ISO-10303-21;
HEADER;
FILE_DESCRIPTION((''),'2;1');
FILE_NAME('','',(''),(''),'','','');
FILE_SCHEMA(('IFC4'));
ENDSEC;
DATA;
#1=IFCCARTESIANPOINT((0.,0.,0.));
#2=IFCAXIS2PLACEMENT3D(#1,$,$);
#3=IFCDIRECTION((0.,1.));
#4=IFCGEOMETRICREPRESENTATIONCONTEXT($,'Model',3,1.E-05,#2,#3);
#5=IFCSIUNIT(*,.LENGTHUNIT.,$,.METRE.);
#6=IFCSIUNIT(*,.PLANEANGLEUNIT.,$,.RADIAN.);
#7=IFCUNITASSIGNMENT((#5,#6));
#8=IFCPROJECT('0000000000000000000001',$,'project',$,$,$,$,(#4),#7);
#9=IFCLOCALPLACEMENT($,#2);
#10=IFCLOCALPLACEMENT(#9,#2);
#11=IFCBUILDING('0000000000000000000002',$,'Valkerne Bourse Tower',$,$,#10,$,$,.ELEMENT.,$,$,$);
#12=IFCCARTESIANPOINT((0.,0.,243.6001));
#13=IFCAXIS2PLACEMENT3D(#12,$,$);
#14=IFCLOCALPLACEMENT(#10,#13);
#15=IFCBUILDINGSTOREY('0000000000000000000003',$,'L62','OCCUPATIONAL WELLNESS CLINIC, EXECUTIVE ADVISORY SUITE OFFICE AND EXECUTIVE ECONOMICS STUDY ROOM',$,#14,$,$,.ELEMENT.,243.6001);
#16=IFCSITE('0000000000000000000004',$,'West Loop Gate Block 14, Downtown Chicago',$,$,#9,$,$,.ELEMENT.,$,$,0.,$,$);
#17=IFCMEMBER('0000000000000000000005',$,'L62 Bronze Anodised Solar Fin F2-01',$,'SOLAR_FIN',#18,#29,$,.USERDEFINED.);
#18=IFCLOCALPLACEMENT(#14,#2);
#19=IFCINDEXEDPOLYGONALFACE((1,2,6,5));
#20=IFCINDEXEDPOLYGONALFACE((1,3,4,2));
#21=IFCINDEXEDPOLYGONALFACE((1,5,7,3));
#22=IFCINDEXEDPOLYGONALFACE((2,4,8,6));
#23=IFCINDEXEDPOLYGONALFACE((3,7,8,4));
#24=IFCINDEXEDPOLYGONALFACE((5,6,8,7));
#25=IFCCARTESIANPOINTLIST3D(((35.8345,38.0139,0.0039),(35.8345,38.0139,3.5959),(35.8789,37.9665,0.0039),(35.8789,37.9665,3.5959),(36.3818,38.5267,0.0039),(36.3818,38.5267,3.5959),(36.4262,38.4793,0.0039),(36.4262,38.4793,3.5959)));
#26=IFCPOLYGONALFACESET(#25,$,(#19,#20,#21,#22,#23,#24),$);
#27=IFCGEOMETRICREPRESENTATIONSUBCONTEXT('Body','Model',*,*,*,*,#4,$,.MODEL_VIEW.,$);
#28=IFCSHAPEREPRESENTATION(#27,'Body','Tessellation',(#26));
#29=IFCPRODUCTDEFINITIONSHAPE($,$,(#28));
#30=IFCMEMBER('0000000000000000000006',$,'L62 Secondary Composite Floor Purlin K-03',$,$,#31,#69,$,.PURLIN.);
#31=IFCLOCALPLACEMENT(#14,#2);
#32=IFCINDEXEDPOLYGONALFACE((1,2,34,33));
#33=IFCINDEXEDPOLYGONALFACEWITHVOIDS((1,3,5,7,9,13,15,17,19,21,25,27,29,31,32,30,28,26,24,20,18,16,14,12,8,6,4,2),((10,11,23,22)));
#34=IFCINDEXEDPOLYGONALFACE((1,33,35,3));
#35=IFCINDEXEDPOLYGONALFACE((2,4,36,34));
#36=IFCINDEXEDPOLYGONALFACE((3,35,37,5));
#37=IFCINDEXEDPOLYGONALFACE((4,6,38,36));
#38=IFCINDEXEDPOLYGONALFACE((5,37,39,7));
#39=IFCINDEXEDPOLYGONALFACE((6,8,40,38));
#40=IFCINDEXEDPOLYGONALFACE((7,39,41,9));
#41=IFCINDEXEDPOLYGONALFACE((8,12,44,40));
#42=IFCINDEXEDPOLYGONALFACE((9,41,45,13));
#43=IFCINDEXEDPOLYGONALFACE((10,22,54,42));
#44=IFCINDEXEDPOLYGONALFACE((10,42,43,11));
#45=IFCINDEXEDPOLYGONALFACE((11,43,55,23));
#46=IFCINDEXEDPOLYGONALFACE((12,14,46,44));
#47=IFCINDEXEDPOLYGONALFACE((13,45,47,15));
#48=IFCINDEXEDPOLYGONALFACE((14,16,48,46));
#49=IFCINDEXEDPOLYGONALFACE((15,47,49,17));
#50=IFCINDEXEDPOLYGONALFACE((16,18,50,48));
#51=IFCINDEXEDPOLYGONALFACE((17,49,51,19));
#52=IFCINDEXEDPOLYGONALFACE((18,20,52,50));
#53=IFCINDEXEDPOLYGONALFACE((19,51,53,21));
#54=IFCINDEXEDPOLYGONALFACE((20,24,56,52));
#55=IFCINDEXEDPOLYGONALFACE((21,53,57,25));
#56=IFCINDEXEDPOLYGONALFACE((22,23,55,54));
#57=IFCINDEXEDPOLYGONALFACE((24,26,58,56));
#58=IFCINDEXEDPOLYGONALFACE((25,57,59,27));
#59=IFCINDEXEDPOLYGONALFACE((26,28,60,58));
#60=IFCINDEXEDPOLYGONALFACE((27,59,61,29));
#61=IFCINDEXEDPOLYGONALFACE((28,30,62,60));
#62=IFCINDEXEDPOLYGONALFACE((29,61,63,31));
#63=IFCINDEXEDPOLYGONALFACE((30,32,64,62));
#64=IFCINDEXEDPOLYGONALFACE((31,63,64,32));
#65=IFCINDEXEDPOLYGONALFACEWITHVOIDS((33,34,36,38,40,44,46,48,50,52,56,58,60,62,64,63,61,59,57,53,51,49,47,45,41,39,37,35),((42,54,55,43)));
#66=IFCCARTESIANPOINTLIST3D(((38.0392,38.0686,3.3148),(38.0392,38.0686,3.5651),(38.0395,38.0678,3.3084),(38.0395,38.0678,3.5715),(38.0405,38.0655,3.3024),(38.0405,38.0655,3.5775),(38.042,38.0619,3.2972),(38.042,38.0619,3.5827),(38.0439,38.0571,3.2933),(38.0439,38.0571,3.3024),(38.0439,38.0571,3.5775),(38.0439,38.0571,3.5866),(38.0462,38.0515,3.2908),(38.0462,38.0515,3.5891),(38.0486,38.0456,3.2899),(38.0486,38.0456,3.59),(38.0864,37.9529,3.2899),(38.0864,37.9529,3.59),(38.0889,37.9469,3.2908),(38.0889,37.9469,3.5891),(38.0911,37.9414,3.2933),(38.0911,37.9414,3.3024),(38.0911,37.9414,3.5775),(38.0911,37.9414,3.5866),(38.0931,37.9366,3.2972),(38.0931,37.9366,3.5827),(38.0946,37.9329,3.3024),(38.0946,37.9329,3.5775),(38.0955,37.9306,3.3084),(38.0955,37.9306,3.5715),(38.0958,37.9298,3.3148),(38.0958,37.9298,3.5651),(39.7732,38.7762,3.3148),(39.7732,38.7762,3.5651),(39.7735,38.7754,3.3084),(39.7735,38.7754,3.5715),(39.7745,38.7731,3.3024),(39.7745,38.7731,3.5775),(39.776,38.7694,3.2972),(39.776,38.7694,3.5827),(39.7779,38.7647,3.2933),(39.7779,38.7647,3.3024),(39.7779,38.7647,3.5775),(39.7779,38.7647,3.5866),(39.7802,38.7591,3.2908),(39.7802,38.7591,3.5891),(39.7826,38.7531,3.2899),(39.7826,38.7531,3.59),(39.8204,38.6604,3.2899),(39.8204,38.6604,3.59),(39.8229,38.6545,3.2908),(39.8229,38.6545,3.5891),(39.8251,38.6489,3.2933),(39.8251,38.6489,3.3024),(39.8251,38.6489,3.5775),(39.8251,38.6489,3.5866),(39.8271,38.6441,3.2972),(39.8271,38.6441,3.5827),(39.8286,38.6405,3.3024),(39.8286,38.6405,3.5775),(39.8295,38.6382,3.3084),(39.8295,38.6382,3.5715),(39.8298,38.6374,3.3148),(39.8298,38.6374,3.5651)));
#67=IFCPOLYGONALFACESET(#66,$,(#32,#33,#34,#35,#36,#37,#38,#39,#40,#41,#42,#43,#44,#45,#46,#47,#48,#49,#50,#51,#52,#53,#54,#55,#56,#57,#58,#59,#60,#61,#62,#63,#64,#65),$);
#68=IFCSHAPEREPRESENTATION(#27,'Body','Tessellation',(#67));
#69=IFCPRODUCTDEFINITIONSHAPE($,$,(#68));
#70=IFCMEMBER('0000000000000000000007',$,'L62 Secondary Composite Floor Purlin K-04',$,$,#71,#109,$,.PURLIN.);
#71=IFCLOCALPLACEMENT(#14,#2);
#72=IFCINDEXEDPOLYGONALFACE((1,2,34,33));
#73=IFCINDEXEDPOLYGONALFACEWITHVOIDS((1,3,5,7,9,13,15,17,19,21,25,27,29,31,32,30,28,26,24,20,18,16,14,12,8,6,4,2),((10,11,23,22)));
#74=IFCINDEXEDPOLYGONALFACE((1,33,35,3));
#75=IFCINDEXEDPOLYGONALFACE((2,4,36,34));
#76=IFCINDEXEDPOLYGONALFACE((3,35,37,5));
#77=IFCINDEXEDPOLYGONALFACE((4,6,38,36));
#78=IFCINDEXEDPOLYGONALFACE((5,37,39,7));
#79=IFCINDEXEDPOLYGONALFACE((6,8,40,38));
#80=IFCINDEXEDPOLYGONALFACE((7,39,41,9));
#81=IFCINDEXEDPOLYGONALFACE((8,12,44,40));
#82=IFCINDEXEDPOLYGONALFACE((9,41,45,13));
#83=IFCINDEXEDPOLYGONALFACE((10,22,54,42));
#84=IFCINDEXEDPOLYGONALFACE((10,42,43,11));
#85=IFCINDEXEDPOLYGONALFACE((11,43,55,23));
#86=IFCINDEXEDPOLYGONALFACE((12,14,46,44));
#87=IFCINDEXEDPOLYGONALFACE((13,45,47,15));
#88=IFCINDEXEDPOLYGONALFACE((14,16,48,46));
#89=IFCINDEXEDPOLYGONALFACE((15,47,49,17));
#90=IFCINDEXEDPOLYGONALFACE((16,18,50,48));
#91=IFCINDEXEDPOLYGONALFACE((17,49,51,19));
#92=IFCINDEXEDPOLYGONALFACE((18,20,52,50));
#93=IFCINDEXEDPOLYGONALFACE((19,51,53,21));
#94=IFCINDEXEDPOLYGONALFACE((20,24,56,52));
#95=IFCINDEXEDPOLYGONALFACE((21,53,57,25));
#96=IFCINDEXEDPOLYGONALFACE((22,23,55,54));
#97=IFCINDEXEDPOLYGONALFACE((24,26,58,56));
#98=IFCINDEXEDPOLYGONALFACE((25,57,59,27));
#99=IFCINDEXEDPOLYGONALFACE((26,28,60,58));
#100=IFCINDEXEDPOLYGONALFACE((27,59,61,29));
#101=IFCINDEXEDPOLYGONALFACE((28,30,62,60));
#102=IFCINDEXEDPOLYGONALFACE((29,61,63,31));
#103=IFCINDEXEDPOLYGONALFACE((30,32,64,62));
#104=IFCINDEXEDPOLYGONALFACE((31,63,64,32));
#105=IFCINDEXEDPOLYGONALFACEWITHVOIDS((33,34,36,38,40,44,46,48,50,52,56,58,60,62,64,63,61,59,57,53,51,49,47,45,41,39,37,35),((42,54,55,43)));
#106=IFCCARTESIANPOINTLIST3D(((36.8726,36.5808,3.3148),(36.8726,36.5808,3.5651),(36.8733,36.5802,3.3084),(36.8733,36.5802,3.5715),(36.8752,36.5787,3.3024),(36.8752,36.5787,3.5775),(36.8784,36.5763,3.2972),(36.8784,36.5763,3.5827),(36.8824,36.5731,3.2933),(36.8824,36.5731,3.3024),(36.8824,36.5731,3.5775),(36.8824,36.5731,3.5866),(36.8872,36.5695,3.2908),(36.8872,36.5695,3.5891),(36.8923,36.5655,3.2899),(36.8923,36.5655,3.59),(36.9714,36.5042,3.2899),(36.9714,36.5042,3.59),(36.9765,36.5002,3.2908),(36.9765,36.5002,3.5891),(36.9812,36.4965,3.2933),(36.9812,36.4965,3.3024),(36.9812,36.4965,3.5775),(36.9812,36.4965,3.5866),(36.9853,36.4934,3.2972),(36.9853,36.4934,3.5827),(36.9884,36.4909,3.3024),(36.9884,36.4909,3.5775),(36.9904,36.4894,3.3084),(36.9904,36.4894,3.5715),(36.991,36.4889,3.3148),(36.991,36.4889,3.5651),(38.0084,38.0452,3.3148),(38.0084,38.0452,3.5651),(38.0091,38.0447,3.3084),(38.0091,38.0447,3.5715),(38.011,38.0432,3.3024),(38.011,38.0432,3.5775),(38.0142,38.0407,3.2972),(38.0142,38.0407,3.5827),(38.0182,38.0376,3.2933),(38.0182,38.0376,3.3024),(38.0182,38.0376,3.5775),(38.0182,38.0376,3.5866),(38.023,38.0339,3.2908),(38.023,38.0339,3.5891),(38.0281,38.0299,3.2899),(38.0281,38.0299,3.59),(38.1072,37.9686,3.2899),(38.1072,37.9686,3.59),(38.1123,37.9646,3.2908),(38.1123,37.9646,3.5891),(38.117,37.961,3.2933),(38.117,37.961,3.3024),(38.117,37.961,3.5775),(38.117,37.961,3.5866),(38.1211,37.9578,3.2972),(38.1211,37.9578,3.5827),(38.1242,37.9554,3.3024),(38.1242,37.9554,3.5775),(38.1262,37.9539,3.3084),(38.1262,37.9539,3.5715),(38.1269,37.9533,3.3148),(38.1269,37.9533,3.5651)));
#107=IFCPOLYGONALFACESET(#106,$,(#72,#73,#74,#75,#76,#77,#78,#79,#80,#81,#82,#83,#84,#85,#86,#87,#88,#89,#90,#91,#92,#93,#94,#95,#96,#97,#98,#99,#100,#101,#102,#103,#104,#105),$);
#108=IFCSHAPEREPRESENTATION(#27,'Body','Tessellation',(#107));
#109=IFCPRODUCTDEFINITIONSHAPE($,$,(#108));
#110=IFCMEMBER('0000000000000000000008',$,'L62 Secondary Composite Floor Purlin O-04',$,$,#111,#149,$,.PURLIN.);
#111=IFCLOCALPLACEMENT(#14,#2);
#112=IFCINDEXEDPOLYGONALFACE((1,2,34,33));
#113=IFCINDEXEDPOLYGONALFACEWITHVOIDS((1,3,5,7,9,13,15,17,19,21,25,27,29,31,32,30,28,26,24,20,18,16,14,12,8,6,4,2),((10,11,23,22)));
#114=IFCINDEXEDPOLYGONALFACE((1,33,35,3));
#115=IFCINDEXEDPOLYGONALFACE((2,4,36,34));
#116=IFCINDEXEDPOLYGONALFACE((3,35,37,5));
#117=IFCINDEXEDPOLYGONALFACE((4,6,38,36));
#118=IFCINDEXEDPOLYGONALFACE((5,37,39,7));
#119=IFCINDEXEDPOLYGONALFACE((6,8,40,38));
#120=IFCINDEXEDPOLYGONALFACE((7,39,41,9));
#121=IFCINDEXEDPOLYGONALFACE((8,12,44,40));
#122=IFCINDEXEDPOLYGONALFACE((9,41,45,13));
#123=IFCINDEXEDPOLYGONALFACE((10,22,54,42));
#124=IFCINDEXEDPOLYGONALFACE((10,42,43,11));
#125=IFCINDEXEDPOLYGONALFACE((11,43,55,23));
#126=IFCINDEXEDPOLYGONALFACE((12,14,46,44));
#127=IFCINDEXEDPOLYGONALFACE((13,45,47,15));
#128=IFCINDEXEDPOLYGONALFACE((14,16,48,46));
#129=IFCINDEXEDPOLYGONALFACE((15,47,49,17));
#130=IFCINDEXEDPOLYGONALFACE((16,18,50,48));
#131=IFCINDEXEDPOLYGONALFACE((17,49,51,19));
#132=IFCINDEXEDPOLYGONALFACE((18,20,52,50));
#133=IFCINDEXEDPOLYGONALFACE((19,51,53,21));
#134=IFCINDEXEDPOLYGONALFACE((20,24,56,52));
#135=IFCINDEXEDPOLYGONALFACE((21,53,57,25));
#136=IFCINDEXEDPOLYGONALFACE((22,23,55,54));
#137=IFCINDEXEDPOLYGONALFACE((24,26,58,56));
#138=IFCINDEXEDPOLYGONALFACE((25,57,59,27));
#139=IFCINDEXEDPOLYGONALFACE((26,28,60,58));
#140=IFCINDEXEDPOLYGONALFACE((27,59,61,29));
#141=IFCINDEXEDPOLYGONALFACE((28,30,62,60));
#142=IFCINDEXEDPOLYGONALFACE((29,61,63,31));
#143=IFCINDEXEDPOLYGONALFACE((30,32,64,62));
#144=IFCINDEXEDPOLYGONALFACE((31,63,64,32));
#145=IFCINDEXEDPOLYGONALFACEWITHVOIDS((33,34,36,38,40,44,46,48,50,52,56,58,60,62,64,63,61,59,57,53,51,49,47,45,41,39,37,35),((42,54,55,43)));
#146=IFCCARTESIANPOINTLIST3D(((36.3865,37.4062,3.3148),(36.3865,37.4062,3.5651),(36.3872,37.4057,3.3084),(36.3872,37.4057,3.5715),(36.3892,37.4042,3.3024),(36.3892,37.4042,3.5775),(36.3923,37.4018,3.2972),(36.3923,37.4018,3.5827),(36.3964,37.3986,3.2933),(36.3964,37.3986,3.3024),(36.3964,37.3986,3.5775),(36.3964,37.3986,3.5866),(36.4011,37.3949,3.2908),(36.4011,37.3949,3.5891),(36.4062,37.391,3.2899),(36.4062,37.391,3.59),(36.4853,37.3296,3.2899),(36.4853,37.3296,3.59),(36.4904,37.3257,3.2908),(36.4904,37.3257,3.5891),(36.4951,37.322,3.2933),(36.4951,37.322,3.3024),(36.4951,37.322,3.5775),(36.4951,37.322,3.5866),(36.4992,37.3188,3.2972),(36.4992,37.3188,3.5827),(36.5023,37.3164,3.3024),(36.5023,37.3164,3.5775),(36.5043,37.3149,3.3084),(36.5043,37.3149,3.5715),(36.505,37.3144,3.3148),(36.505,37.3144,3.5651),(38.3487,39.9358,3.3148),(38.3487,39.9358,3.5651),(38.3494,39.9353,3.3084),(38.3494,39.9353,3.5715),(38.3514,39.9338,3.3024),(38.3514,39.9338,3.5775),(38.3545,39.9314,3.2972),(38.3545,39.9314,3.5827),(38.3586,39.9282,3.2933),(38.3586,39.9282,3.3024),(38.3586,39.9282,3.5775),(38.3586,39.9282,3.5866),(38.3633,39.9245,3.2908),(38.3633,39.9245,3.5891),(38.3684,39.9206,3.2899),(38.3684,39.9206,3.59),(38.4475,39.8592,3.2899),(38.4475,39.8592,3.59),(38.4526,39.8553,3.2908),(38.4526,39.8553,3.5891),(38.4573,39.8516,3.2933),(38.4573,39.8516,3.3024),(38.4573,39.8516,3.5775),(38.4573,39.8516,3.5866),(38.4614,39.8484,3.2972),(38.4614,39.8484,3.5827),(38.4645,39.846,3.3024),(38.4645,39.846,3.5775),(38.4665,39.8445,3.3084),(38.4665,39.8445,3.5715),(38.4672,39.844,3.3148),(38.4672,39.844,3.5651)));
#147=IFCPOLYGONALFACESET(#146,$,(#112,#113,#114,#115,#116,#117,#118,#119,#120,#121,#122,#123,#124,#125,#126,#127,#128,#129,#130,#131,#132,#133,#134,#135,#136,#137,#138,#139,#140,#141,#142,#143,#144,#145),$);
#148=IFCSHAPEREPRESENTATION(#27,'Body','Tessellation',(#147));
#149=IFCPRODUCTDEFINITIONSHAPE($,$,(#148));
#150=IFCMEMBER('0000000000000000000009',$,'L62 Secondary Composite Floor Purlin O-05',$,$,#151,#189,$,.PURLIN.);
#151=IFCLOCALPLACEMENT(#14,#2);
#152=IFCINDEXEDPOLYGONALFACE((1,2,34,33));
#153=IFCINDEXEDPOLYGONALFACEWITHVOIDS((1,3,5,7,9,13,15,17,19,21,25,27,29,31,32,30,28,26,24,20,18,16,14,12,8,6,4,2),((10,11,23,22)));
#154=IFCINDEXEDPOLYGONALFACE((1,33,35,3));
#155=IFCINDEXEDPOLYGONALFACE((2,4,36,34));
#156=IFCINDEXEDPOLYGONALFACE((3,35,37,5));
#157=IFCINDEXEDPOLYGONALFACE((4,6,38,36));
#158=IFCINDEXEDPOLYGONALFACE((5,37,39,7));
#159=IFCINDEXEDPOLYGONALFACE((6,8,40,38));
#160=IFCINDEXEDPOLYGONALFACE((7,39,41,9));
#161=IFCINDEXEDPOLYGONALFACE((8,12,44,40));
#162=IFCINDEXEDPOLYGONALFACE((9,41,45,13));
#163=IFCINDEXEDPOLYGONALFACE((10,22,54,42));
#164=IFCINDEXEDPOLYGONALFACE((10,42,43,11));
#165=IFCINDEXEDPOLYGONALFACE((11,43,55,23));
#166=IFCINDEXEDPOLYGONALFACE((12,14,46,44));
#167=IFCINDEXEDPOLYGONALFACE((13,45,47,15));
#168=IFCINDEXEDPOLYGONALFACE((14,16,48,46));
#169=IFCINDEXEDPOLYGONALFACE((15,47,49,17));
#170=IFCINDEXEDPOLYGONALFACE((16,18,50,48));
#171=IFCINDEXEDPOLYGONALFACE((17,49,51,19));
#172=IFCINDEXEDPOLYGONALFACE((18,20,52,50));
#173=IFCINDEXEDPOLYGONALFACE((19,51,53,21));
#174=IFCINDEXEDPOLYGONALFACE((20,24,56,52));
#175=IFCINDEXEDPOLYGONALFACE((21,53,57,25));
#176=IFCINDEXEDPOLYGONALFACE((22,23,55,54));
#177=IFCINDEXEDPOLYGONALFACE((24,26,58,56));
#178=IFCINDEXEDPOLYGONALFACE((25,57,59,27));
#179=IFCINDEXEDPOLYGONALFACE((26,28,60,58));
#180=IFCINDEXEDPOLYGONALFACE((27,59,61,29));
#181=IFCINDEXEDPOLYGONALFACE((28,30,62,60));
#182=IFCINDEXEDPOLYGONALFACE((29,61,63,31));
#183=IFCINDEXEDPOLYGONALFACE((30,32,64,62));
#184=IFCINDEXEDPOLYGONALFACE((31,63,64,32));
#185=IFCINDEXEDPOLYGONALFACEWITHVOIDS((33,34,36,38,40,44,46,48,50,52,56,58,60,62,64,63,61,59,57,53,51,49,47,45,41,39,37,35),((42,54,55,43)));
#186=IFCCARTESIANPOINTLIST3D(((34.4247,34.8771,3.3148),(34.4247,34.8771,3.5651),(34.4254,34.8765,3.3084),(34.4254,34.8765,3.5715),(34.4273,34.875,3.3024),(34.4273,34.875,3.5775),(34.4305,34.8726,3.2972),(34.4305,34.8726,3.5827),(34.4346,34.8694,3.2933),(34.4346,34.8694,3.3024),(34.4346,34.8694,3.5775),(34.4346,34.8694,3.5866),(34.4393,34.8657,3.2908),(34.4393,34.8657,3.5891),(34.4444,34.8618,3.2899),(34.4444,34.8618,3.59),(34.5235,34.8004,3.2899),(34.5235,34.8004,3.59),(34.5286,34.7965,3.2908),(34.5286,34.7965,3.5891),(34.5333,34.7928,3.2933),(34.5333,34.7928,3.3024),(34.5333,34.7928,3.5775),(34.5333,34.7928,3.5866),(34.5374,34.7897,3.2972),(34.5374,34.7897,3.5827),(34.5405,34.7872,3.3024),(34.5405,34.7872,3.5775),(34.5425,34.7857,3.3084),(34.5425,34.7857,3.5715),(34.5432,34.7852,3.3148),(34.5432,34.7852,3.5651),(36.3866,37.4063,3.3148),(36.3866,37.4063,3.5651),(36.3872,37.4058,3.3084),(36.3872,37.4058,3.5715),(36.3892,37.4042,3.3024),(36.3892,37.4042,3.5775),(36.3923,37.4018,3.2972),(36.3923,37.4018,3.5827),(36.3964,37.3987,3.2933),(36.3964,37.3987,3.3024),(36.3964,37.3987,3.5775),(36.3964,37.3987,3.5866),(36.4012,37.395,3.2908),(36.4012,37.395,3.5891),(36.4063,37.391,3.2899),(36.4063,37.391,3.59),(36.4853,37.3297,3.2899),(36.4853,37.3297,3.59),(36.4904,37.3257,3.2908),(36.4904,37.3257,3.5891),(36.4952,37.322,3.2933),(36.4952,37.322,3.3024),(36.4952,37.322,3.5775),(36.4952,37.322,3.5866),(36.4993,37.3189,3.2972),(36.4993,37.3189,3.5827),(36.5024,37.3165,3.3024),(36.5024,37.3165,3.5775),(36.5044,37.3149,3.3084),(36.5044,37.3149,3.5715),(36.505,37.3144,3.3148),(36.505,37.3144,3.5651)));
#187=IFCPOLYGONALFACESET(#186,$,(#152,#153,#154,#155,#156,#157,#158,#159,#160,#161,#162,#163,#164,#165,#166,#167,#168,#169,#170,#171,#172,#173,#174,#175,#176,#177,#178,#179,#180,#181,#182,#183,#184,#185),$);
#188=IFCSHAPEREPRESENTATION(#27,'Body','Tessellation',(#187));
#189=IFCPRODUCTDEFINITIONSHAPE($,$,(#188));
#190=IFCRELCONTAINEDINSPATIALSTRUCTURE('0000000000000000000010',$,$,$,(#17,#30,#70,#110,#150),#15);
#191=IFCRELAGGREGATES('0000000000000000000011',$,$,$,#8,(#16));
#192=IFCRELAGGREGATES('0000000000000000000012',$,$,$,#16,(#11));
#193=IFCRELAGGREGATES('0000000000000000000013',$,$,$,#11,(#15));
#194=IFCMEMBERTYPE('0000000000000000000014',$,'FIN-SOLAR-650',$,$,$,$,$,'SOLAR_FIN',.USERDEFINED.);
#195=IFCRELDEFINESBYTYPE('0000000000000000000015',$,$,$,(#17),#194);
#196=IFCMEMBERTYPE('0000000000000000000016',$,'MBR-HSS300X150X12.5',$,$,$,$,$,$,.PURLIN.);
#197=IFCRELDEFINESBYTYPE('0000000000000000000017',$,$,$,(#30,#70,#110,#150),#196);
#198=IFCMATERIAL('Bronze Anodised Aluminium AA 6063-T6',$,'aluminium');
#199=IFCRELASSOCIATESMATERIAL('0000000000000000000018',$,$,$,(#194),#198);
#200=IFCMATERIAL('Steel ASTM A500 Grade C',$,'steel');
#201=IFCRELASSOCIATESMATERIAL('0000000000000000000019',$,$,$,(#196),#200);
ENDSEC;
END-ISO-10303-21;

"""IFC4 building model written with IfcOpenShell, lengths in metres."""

from ifc_helpers import new_model, si_unit, direction, frame, origin, origin_2d, place, context, subcontext, project, spatial, rectangle, hollow_rectangle, extrude, material, material_profile, profile_set, type_object, element, save


model = new_model("IFC4")

# Units and contexts
model_context = context("Model", 3, precision=1e-05, world=origin(), true_north=direction((0.0, 1.0)))
body_context = subcontext(model_context, "Body", "Model", "MODEL_VIEW")
ifc_project = project(units=[si_unit("LENGTHUNIT", "METRE"), si_unit("PLANEANGLEUNIT", "RADIAN")], contexts=[model_context])

# Site, building, storey
site_placement = place(None, origin())
site = spatial("IfcSite", under=ifc_project, at=site_placement, Name="West Loop Gate Block 14, Downtown Chicago", CompositionType="ELEMENT", RefElevation=0.0)
building_placement = place(site_placement, origin())
building = spatial("IfcBuilding", under=site, at=building_placement, Name="Valkerne Bourse Tower", CompositionType="ELEMENT")
storey_placement = place(building_placement, frame((0.0, 0.0, 243.6001)))
storey = spatial("IfcBuildingStorey", under=building, at=storey_placement, Name="L62", Description="OCCUPATIONAL WELLNESS CLINIC, EXECUTIVE ADVISORY SUITE OFFICE AND EXECUTIVE ECONOMICS STUDY ROOM", CompositionType="ELEMENT", Elevation=243.6001)

# Members
ifc_material_1 = material(Name="Bronze Anodised Aluminium AA 6063-T6", Category="aluminium")
ifc_material_profile_1 = material_profile(ifc_material_1, rectangle(XDim=0.0649, YDim=0.75, at=origin_2d()), Name="FIN-65X750")
ifc_profile_set_1 = profile_set([ifc_material_profile_1], Name="Bronze Anodised Aluminium AA 6063-T6")
member_type_1 = type_object("IfcMemberType", Name="FIN-SOLAR-650", ElementType="SOLAR_FIN", PredefinedType="USERDEFINED", material=ifc_profile_set_1)
member_1_placement = place(storey_placement, frame((36.1304, 38.2466, 0.0039), z_axis=(0.0, 0.0, 1.0), x_axis=(-0.683668, 0.729793, 0.0)))
element("IfcMember", 1, at=member_1_placement, inside=storey, type_object=member_type_1, Name="L62 Bronze Anodised Solar Fin F2-01", ObjectType="SOLAR_FIN", PredefinedType="USERDEFINED", context=body_context, shape_type="SweptSolid", body=[
    extrude(rectangle(XDim=0.0649, YDim=0.75, at=origin_2d()), origin(), (0.0, 0.0, 1.0), 3.592),
])
ifc_material_2 = material(Name="Steel ASTM A500 Grade C", Category="steel")
ifc_material_profile_2 = material_profile(ifc_material_2, hollow_rectangle(XDim=0.1499, YDim=0.3, WallThickness=0.0125, OuterFilletRadius=0.0249, at=origin_2d()), Name="HSS300X150X12.5")
ifc_profile_set_2 = profile_set([ifc_material_profile_2], Name="Steel ASTM A500 Grade C")
member_type_2 = type_object("IfcMemberType", Name="MBR-HSS300X150X12.5", PredefinedType="PURLIN", material=ifc_profile_set_2)
member_2_placement = place(storey_placement, frame((39.8015, 38.7068, 3.4399), z_axis=(-0.925883, -0.37781, 0.0), x_axis=(0.37781, -0.925883, 0.0)))
element("IfcMember", 2, at=member_2_placement, inside=storey, type_object=member_type_2, Name="L62 Secondary Composite Floor Purlin K-03", PredefinedType="PURLIN", context=body_context, shape_type="SweptSolid", body=[
    extrude(hollow_rectangle(XDim=0.1499, YDim=0.3, WallThickness=0.0125, OuterFilletRadius=0.0249, at=origin_2d()), origin(), (0.0, 0.0, 1.0), 1.8728),
])
member_3_placement = place(storey_placement, frame((38.0676, 37.9993, 3.4399), z_axis=(-0.612864, -0.790189, 0.0), x_axis=(0.790189, -0.612864, 0.0)))
element("IfcMember", 3, at=member_3_placement, inside=storey, type_object=member_type_2, Name="L62 Secondary Composite Floor Purlin K-04", PredefinedType="PURLIN", context=body_context, shape_type="SweptSolid", body=[
    extrude(hollow_rectangle(XDim=0.1499, YDim=0.3, WallThickness=0.0125, OuterFilletRadius=0.0249, at=origin_2d()), origin(), (0.0, 0.0, 1.0), 1.8533),
])
member_4_placement = place(storey_placement, frame((38.408, 39.8899, 3.4399), z_axis=(-0.612916, -0.790148, 0.0), x_axis=(0.790148, -0.612916, 0.0)))
element("IfcMember", 4, at=member_4_placement, inside=storey, type_object=member_type_2, Name="L62 Secondary Composite Floor Purlin O-04", PredefinedType="PURLIN", context=body_context, shape_type="SweptSolid", body=[
    extrude(hollow_rectangle(XDim=0.1499, YDim=0.3, WallThickness=0.0125, OuterFilletRadius=0.0249, at=origin_2d()), origin(), (0.0, 0.0, 1.0), 3.2014),
])
member_5_placement = place(storey_placement, frame((36.4458, 37.3604, 3.4399), z_axis=(-0.612905, -0.790156, 0.0), x_axis=(0.790156, -0.612905, 0.0)))
element("IfcMember", 5, at=member_5_placement, inside=storey, type_object=member_type_2, Name="L62 Secondary Composite Floor Purlin O-05", PredefinedType="PURLIN", context=body_context, shape_type="SweptSolid", body=[
    extrude(hollow_rectangle(XDim=0.1499, YDim=0.3, WallThickness=0.0125, OuterFilletRadius=0.0249, at=origin_2d()), origin(), (0.0, 0.0, 1.0), 3.2009),
])

save(model, "model.ifc")
